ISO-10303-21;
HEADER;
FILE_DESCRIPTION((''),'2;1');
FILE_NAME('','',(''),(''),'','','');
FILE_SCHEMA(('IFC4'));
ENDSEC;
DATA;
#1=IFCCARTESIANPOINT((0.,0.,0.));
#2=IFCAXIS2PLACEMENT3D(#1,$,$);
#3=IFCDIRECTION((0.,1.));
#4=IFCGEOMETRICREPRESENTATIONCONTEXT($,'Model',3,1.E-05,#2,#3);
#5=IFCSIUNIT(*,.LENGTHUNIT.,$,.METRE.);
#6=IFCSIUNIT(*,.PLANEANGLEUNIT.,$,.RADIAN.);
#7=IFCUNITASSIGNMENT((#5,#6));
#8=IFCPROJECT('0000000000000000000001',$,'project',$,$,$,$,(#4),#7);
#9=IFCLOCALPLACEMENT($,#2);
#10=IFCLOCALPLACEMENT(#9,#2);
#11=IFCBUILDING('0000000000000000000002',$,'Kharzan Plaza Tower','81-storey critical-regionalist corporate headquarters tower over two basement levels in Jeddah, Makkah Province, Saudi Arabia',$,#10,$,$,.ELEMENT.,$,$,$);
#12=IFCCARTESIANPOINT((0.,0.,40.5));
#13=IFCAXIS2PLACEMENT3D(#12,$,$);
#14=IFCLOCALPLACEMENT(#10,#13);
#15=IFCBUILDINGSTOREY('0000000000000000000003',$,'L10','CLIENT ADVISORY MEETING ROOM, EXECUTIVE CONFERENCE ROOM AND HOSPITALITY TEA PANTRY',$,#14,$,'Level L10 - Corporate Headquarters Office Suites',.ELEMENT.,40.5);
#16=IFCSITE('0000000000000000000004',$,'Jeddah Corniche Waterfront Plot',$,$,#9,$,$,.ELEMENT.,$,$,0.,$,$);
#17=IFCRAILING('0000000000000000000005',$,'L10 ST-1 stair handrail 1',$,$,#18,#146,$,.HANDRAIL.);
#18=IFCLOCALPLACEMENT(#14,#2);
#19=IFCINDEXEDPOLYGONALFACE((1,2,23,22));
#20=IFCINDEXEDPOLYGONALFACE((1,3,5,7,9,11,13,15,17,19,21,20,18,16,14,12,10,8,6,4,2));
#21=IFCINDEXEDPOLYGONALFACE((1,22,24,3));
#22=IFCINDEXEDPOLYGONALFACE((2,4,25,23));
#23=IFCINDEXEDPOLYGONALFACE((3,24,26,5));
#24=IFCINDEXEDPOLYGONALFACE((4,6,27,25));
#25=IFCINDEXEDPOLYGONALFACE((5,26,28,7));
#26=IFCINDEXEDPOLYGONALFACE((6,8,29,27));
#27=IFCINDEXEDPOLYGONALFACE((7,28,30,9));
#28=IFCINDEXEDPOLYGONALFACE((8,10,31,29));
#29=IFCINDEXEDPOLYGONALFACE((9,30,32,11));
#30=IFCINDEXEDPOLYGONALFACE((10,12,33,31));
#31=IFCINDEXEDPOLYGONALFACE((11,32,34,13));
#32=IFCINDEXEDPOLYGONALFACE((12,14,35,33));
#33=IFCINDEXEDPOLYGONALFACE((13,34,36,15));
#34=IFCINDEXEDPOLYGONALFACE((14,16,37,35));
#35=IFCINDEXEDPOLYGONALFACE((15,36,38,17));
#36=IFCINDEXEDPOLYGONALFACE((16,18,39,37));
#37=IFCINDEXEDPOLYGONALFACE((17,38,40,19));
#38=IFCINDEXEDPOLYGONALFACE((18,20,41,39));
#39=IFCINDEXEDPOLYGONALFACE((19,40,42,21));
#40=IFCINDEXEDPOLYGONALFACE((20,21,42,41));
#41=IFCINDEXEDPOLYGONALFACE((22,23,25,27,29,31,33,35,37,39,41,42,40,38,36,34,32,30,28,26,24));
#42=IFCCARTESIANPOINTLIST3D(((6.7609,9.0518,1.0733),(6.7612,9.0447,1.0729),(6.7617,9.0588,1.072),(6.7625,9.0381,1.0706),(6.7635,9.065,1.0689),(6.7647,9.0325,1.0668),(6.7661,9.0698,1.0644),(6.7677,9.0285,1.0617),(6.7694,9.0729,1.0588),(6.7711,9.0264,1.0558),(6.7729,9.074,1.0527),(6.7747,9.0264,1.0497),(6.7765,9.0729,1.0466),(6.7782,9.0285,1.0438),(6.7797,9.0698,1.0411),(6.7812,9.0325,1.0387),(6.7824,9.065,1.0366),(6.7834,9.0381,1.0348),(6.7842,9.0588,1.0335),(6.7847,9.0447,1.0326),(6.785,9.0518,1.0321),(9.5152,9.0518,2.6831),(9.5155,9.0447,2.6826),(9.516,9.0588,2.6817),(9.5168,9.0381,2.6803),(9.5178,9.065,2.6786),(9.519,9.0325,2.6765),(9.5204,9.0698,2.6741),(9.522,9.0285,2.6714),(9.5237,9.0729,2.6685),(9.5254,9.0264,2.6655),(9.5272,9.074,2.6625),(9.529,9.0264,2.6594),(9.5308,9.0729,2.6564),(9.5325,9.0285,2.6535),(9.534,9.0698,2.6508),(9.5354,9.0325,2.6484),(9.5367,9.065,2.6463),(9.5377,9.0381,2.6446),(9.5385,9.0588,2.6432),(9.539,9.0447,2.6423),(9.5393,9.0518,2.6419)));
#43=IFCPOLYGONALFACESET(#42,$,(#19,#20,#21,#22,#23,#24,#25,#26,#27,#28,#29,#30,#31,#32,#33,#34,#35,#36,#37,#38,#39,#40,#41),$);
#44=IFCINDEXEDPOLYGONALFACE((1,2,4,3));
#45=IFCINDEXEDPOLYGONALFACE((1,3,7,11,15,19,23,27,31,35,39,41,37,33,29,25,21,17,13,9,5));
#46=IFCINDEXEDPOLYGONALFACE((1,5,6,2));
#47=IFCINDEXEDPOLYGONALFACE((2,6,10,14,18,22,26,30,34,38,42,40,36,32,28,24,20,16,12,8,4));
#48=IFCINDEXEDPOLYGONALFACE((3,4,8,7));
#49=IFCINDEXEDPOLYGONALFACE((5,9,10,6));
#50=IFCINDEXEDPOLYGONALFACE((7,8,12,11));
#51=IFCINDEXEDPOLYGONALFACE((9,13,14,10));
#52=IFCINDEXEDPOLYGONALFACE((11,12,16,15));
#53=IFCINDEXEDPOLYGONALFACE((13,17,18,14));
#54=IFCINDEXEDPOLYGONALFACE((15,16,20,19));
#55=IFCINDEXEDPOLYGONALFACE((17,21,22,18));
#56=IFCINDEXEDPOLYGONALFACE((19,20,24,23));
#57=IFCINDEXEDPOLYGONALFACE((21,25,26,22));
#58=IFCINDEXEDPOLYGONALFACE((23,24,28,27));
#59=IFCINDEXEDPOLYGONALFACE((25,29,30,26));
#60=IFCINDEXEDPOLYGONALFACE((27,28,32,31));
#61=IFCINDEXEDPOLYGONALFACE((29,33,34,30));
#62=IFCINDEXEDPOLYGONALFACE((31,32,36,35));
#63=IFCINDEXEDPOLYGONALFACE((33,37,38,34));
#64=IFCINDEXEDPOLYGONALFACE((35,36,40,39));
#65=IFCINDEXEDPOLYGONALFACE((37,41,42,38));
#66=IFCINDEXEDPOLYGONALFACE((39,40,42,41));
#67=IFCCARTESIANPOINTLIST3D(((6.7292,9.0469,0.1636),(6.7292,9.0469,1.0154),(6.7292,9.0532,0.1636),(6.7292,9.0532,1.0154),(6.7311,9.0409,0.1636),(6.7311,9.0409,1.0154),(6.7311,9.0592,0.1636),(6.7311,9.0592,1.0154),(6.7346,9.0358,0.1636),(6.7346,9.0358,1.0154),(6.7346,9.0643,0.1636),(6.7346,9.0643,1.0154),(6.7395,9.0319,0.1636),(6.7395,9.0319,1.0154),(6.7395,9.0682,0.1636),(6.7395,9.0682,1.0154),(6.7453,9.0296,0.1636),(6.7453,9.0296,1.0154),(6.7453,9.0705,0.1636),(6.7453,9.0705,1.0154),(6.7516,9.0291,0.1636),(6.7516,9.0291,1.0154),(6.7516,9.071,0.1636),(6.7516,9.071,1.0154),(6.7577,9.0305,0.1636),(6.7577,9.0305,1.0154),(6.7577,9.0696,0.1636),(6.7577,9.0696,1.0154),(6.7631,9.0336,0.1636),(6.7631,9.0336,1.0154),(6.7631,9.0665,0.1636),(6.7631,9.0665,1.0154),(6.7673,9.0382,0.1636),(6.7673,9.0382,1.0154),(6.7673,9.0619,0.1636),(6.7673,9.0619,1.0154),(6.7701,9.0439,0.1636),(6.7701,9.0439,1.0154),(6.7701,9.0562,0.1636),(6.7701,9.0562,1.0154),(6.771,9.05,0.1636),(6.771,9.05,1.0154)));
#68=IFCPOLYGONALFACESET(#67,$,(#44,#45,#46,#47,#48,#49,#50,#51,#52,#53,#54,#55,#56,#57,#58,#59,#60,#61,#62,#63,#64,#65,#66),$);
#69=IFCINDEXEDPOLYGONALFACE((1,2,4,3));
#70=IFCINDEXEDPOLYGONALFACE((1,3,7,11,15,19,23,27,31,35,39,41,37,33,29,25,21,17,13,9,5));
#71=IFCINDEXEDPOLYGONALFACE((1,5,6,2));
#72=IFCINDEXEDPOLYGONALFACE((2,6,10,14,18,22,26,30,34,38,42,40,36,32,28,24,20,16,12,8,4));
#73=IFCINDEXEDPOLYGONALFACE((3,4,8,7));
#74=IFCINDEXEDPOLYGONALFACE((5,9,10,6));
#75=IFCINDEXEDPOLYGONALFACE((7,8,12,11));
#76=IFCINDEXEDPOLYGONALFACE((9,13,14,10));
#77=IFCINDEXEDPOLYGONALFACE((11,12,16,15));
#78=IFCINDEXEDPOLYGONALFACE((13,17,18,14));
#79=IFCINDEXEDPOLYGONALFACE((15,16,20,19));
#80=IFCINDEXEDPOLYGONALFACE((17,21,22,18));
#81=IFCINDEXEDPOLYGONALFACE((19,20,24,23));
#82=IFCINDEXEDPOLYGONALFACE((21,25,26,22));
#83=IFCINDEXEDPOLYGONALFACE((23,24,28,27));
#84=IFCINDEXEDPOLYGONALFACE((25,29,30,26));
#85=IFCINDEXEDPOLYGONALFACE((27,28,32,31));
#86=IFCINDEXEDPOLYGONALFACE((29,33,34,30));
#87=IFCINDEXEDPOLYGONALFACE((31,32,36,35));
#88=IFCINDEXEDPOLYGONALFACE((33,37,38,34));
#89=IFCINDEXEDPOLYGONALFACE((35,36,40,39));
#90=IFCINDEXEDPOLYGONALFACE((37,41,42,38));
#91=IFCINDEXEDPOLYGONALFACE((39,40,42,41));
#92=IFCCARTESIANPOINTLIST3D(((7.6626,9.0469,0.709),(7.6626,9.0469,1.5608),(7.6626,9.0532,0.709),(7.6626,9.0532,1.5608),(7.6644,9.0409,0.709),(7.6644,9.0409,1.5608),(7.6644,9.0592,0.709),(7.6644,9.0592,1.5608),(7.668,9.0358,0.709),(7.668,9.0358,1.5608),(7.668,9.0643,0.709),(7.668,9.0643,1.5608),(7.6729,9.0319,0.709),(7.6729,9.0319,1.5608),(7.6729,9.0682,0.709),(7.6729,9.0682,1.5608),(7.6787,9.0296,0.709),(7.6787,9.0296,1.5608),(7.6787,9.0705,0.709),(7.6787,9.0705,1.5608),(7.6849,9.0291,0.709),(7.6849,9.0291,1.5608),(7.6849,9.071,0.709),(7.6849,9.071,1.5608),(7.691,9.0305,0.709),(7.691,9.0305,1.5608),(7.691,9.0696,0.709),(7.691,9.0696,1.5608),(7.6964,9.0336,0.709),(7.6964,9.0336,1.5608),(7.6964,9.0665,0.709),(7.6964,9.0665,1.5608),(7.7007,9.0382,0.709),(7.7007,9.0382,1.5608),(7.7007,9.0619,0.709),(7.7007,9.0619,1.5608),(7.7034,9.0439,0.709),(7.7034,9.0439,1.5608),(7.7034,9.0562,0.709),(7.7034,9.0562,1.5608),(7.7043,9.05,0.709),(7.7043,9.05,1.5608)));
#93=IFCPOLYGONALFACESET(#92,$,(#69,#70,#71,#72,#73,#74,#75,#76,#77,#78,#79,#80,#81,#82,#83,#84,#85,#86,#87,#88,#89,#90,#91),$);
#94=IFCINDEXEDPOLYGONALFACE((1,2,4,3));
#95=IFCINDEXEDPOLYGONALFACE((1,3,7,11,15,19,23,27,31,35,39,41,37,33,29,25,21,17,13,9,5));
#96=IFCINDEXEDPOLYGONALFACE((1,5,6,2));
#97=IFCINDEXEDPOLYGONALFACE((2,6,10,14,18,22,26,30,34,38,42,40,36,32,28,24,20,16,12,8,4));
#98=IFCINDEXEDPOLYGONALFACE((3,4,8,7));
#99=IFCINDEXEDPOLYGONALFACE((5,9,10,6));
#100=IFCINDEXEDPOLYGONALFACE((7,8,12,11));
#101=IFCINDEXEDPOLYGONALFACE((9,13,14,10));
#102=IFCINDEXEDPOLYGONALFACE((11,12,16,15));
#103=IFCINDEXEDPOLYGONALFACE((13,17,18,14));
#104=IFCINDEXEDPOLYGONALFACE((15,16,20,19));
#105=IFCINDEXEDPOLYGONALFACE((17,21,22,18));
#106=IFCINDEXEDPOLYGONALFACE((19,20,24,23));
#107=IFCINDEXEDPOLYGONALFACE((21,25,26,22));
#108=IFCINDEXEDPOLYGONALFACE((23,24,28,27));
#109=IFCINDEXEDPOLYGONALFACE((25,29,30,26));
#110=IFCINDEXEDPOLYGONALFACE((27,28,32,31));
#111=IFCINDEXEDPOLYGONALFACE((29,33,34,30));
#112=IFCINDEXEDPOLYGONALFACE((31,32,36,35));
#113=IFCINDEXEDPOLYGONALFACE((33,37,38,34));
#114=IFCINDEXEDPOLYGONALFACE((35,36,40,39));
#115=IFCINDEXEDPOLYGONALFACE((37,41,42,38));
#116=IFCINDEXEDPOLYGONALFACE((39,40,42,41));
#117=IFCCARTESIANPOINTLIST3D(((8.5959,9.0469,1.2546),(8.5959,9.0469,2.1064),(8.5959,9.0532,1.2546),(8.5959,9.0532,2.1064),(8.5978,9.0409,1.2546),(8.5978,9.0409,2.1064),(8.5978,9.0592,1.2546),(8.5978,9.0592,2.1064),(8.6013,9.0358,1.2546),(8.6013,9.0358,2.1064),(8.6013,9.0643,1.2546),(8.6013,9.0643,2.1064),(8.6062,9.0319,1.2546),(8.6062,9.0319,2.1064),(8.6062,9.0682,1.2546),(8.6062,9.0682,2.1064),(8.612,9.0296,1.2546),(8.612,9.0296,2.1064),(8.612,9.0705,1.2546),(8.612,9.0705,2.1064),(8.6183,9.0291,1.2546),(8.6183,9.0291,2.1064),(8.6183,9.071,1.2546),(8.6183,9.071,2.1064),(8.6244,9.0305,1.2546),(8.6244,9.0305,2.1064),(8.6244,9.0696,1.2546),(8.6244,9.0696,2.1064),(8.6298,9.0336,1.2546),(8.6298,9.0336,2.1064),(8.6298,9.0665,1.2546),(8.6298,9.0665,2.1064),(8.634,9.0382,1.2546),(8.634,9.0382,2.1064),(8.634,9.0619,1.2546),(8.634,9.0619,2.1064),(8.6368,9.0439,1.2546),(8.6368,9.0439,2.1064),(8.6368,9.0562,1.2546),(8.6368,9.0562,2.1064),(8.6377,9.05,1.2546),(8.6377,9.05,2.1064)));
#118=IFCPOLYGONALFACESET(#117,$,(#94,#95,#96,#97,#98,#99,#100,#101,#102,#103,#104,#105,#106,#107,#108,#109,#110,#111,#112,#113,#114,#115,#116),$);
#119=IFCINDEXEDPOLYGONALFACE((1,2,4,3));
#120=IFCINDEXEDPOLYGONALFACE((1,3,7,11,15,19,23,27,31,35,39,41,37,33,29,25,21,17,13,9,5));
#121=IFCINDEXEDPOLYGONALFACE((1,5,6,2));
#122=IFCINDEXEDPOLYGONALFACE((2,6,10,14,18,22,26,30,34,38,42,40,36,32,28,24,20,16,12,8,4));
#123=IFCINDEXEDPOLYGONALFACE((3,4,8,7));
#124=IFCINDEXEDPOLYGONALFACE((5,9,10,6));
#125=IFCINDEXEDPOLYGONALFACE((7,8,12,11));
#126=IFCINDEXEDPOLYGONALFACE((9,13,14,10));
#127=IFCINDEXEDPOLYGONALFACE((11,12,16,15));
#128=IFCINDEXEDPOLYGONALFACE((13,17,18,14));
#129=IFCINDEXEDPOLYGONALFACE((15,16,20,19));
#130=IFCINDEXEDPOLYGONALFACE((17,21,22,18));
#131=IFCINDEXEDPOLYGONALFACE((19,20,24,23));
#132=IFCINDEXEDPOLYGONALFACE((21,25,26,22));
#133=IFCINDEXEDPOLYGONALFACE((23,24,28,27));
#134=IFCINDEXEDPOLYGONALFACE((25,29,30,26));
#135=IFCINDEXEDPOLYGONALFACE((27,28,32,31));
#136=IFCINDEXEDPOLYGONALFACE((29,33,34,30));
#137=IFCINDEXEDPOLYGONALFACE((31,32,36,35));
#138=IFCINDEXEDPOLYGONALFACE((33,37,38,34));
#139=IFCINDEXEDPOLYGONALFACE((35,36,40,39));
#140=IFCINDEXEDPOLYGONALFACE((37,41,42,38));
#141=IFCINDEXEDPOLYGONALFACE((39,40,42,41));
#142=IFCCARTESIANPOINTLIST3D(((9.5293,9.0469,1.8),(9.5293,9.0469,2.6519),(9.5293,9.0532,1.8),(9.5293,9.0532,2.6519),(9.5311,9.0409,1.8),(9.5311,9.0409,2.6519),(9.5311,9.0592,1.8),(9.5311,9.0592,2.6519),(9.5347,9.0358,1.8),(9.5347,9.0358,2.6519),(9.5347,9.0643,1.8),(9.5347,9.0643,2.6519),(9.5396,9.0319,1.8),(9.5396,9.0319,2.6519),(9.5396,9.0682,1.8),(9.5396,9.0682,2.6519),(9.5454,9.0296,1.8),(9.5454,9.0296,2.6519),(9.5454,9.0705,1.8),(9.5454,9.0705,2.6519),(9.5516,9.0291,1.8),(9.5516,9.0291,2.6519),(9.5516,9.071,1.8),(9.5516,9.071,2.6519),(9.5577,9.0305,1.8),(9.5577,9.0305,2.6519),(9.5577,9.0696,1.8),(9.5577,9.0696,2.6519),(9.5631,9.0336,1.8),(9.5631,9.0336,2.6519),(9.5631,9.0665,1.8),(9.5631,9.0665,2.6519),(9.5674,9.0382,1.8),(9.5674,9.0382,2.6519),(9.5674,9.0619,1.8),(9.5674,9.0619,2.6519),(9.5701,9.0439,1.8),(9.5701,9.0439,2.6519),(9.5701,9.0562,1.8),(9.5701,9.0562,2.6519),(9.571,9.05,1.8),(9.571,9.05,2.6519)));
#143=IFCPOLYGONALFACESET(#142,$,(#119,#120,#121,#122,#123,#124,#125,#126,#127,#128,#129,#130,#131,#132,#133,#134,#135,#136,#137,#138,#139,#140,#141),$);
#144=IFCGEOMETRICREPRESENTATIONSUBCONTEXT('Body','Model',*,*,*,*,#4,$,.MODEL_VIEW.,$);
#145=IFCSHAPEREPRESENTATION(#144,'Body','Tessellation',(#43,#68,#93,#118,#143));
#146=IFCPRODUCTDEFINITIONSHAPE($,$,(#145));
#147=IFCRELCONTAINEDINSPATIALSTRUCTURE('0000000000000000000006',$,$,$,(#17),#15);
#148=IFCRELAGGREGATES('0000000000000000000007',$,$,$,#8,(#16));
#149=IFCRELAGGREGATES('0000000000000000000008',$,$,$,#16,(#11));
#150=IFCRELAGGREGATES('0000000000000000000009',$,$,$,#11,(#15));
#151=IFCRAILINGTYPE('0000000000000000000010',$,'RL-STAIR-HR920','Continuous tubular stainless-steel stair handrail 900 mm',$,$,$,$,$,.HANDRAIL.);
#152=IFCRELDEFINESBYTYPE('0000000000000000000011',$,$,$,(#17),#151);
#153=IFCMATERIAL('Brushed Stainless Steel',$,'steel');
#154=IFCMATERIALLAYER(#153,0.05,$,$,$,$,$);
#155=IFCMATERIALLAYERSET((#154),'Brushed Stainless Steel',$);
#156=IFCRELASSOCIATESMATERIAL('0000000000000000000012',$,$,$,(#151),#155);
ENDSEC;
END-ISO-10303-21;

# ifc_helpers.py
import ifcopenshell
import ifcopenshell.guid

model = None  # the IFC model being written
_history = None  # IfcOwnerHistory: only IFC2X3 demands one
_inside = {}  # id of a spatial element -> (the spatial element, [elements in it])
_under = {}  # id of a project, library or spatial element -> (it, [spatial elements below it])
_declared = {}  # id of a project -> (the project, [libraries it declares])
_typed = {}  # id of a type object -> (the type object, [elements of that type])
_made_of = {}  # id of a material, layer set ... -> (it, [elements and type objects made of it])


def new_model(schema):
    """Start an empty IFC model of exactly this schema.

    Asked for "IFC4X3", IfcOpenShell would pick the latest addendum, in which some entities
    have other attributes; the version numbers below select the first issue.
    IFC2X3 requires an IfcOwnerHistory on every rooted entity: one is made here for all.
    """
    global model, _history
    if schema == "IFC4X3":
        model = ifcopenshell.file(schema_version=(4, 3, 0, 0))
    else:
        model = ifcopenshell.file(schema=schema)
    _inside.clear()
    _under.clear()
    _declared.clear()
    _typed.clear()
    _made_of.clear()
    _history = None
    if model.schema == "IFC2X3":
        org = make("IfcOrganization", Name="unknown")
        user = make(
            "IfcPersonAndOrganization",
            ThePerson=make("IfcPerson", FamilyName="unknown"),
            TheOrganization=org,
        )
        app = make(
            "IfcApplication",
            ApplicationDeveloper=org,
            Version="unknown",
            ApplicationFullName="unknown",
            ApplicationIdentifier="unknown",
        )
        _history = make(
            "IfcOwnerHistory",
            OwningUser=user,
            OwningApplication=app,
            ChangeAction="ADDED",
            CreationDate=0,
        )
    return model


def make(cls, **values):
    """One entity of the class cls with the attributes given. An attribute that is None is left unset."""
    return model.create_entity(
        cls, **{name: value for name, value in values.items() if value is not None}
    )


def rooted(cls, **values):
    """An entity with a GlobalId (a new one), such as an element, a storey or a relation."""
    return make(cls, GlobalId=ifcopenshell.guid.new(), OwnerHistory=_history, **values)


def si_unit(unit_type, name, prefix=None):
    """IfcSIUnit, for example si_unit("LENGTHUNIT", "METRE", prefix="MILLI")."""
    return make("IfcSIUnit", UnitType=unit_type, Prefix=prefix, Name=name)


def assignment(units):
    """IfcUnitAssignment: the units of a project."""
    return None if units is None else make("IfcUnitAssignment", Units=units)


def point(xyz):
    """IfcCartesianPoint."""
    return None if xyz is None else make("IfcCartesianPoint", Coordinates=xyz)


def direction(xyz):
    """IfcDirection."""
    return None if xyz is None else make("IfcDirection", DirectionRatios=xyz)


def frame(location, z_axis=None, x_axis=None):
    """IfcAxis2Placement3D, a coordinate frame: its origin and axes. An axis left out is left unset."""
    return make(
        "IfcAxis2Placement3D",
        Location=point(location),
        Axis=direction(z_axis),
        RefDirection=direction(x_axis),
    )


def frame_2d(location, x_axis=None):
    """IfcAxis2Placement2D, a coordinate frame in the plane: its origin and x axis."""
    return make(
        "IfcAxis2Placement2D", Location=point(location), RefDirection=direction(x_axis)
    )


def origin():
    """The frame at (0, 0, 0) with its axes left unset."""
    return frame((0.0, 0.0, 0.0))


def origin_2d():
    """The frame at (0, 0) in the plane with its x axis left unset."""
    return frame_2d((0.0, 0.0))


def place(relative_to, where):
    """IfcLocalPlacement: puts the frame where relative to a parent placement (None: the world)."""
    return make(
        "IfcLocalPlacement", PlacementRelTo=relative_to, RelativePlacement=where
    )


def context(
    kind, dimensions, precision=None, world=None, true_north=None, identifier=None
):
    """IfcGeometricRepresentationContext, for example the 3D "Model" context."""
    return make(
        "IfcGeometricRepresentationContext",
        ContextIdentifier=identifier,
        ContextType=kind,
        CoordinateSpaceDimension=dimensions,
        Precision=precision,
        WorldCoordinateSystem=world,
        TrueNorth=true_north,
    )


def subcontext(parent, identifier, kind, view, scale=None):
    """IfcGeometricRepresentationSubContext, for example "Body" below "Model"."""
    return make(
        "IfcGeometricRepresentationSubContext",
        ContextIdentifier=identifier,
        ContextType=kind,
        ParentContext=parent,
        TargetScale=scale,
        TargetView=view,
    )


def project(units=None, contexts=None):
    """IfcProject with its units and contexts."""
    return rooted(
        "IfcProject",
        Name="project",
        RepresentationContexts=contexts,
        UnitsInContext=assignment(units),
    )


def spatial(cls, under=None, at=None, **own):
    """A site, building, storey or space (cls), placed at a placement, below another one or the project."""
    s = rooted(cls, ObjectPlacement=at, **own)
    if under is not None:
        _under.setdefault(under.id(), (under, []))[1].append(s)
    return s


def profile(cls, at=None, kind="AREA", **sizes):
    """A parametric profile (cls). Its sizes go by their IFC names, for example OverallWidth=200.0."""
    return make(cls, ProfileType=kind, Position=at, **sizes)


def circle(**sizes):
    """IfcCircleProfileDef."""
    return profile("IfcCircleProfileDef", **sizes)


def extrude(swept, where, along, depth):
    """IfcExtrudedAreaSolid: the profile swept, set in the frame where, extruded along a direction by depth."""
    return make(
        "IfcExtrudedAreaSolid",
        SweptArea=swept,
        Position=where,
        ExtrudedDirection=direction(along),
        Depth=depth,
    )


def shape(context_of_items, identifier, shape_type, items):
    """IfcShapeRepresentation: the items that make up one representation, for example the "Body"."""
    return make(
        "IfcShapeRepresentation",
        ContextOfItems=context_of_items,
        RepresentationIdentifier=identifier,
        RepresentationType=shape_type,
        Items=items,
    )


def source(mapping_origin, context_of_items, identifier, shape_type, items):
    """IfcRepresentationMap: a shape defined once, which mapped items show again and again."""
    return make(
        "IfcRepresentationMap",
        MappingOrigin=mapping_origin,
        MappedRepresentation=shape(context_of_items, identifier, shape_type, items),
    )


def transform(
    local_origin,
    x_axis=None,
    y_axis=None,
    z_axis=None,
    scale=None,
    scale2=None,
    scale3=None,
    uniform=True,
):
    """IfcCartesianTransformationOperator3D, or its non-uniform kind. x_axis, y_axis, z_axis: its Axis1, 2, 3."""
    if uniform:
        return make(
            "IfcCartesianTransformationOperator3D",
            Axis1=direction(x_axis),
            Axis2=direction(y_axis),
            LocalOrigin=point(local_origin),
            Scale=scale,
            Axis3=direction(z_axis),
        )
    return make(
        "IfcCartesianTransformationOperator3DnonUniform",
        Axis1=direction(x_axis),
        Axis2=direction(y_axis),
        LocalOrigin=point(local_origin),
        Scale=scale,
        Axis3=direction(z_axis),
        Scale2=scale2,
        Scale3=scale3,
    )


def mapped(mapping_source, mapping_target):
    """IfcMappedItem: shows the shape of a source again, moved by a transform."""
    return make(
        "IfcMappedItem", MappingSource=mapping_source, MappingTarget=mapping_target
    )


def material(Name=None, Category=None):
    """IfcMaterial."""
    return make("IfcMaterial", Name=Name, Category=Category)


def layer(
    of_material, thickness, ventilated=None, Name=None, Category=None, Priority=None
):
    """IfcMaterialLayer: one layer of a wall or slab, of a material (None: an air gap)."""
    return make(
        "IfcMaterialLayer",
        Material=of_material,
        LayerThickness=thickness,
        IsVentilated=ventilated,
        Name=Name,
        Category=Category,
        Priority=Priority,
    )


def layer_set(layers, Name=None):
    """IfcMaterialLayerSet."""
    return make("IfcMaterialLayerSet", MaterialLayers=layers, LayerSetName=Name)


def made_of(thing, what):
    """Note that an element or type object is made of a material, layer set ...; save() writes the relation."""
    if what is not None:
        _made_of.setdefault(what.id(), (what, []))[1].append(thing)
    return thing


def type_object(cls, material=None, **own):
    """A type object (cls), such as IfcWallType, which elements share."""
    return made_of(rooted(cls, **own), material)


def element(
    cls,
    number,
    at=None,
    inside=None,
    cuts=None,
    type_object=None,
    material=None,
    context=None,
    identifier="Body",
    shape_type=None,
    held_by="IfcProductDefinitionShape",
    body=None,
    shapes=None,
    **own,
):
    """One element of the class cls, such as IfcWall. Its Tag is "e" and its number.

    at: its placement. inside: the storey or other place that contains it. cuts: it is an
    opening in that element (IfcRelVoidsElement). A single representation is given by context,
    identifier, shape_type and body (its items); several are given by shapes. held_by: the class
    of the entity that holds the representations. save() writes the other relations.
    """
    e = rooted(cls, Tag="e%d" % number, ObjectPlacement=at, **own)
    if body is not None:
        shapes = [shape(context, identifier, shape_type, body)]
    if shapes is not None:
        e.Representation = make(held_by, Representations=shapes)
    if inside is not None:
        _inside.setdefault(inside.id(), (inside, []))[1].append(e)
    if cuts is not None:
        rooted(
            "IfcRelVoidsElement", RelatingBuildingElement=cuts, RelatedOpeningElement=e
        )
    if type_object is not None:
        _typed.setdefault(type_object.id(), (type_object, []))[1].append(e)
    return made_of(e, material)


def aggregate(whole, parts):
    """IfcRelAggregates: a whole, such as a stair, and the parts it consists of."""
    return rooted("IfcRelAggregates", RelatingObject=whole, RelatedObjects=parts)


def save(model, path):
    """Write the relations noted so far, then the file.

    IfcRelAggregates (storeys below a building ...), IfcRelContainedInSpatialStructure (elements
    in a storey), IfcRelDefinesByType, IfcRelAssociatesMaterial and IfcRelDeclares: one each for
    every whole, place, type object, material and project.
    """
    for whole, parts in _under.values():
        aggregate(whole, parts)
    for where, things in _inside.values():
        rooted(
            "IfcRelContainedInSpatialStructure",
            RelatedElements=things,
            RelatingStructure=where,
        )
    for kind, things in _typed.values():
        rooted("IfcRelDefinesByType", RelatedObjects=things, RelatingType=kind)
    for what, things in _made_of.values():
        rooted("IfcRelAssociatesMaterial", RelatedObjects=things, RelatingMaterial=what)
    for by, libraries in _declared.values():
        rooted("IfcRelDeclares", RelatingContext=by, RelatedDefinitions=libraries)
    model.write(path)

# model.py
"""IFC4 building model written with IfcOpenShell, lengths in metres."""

from ifc_helpers import new_model, si_unit, direction, frame, origin, origin_2d, place, context, subcontext, project, spatial, circle, extrude, source, transform, mapped, material, layer, layer_set, type_object, element, save


model = new_model("IFC4")

# Units and contexts
model_context = context("Model", 3, precision=1e-05, world=origin(), true_north=direction((0.0, 1.0)))
body_context = subcontext(model_context, "Body", "Model", "MODEL_VIEW")
ifc_project = project(units=[si_unit("LENGTHUNIT", "METRE"), si_unit("PLANEANGLEUNIT", "RADIAN")], contexts=[model_context])

# Site, building, storey
site_placement = place(None, origin())
site = spatial("IfcSite", under=ifc_project, at=site_placement, Name="Jeddah Corniche Waterfront Plot", CompositionType="ELEMENT", RefElevation=0.0)
building_placement = place(site_placement, origin())
building = spatial("IfcBuilding", under=site, at=building_placement, Name="Kharzan Plaza Tower", Description="81-storey critical-regionalist corporate headquarters tower over two basement levels in Jeddah, Makkah Province, Saudi Arabia", CompositionType="ELEMENT")
storey_placement = place(building_placement, frame((0.0, 0.0, 40.5)))
storey = spatial("IfcBuildingStorey", under=building, at=storey_placement, Name="L10", Description="CLIENT ADVISORY MEETING ROOM, EXECUTIVE CONFERENCE ROOM AND HOSPITALITY TEA PANTRY", LongName="Level L10 - Corporate Headquarters Office Suites", CompositionType="ELEMENT", Elevation=40.5)

# Railing
ifc_material_1 = material(Name="Brushed Stainless Steel", Category="steel")
ifc_layer_1 = layer(ifc_material_1, 0.05)
ifc_layer_set_1 = layer_set([ifc_layer_1], Name="Brushed Stainless Steel")
railing_type_1 = type_object("IfcRailingType", Name="RL-STAIR-HR920", Description="Continuous tubular stainless-steel stair handrail 900 mm", PredefinedType="HANDRAIL", material=ifc_layer_set_1)
shared_shape_1 = source(origin(), body_context, "Body", "SweptSolid", [
    extrude(circle(Radius=0.0239, at=origin_2d()), frame((0.0229, 0.0, 0.8892), z_axis=(0.863361, 0.0, 0.504587), x_axis=(0.0, 1.0, 0.0)), (0.0, 0.0, 1.0), 3.1902),
    extrude(circle(Radius=0.021, at=origin_2d()), origin(), (0.0, 0.0, 1.0), 0.8518),
    extrude(circle(Radius=0.021, at=origin_2d()), frame((0.9333, 0.0, 0.5454)), (0.0, 0.0, 1.0), 0.8518),
    extrude(circle(Radius=0.021, at=origin_2d()), frame((1.8667, 0.0, 1.0911)), (0.0, 0.0, 1.0), 0.8518),
    extrude(circle(Radius=0.021, at=origin_2d()), frame((2.8, 0.0, 1.6365)), (0.0, 0.0, 1.0), 0.8518),
])
railing_1_placement = place(storey_placement, frame((6.75, 9.05, 0.1636)))
element("IfcRailing", 1, at=railing_1_placement, inside=storey, type_object=railing_type_1, Name="L10 ST-1 stair handrail 1", PredefinedType="HANDRAIL", context=body_context, shape_type="MappedRepresentation", body=[
    mapped(shared_shape_1, transform((0.0, 0.0, 0.0), x_axis=(1.0, 0.0, 0.0), y_axis=(0.0, 1.0, 0.0), z_axis=(0.0, 0.0, 1.0))),
])

save(model, "model.ifc")
